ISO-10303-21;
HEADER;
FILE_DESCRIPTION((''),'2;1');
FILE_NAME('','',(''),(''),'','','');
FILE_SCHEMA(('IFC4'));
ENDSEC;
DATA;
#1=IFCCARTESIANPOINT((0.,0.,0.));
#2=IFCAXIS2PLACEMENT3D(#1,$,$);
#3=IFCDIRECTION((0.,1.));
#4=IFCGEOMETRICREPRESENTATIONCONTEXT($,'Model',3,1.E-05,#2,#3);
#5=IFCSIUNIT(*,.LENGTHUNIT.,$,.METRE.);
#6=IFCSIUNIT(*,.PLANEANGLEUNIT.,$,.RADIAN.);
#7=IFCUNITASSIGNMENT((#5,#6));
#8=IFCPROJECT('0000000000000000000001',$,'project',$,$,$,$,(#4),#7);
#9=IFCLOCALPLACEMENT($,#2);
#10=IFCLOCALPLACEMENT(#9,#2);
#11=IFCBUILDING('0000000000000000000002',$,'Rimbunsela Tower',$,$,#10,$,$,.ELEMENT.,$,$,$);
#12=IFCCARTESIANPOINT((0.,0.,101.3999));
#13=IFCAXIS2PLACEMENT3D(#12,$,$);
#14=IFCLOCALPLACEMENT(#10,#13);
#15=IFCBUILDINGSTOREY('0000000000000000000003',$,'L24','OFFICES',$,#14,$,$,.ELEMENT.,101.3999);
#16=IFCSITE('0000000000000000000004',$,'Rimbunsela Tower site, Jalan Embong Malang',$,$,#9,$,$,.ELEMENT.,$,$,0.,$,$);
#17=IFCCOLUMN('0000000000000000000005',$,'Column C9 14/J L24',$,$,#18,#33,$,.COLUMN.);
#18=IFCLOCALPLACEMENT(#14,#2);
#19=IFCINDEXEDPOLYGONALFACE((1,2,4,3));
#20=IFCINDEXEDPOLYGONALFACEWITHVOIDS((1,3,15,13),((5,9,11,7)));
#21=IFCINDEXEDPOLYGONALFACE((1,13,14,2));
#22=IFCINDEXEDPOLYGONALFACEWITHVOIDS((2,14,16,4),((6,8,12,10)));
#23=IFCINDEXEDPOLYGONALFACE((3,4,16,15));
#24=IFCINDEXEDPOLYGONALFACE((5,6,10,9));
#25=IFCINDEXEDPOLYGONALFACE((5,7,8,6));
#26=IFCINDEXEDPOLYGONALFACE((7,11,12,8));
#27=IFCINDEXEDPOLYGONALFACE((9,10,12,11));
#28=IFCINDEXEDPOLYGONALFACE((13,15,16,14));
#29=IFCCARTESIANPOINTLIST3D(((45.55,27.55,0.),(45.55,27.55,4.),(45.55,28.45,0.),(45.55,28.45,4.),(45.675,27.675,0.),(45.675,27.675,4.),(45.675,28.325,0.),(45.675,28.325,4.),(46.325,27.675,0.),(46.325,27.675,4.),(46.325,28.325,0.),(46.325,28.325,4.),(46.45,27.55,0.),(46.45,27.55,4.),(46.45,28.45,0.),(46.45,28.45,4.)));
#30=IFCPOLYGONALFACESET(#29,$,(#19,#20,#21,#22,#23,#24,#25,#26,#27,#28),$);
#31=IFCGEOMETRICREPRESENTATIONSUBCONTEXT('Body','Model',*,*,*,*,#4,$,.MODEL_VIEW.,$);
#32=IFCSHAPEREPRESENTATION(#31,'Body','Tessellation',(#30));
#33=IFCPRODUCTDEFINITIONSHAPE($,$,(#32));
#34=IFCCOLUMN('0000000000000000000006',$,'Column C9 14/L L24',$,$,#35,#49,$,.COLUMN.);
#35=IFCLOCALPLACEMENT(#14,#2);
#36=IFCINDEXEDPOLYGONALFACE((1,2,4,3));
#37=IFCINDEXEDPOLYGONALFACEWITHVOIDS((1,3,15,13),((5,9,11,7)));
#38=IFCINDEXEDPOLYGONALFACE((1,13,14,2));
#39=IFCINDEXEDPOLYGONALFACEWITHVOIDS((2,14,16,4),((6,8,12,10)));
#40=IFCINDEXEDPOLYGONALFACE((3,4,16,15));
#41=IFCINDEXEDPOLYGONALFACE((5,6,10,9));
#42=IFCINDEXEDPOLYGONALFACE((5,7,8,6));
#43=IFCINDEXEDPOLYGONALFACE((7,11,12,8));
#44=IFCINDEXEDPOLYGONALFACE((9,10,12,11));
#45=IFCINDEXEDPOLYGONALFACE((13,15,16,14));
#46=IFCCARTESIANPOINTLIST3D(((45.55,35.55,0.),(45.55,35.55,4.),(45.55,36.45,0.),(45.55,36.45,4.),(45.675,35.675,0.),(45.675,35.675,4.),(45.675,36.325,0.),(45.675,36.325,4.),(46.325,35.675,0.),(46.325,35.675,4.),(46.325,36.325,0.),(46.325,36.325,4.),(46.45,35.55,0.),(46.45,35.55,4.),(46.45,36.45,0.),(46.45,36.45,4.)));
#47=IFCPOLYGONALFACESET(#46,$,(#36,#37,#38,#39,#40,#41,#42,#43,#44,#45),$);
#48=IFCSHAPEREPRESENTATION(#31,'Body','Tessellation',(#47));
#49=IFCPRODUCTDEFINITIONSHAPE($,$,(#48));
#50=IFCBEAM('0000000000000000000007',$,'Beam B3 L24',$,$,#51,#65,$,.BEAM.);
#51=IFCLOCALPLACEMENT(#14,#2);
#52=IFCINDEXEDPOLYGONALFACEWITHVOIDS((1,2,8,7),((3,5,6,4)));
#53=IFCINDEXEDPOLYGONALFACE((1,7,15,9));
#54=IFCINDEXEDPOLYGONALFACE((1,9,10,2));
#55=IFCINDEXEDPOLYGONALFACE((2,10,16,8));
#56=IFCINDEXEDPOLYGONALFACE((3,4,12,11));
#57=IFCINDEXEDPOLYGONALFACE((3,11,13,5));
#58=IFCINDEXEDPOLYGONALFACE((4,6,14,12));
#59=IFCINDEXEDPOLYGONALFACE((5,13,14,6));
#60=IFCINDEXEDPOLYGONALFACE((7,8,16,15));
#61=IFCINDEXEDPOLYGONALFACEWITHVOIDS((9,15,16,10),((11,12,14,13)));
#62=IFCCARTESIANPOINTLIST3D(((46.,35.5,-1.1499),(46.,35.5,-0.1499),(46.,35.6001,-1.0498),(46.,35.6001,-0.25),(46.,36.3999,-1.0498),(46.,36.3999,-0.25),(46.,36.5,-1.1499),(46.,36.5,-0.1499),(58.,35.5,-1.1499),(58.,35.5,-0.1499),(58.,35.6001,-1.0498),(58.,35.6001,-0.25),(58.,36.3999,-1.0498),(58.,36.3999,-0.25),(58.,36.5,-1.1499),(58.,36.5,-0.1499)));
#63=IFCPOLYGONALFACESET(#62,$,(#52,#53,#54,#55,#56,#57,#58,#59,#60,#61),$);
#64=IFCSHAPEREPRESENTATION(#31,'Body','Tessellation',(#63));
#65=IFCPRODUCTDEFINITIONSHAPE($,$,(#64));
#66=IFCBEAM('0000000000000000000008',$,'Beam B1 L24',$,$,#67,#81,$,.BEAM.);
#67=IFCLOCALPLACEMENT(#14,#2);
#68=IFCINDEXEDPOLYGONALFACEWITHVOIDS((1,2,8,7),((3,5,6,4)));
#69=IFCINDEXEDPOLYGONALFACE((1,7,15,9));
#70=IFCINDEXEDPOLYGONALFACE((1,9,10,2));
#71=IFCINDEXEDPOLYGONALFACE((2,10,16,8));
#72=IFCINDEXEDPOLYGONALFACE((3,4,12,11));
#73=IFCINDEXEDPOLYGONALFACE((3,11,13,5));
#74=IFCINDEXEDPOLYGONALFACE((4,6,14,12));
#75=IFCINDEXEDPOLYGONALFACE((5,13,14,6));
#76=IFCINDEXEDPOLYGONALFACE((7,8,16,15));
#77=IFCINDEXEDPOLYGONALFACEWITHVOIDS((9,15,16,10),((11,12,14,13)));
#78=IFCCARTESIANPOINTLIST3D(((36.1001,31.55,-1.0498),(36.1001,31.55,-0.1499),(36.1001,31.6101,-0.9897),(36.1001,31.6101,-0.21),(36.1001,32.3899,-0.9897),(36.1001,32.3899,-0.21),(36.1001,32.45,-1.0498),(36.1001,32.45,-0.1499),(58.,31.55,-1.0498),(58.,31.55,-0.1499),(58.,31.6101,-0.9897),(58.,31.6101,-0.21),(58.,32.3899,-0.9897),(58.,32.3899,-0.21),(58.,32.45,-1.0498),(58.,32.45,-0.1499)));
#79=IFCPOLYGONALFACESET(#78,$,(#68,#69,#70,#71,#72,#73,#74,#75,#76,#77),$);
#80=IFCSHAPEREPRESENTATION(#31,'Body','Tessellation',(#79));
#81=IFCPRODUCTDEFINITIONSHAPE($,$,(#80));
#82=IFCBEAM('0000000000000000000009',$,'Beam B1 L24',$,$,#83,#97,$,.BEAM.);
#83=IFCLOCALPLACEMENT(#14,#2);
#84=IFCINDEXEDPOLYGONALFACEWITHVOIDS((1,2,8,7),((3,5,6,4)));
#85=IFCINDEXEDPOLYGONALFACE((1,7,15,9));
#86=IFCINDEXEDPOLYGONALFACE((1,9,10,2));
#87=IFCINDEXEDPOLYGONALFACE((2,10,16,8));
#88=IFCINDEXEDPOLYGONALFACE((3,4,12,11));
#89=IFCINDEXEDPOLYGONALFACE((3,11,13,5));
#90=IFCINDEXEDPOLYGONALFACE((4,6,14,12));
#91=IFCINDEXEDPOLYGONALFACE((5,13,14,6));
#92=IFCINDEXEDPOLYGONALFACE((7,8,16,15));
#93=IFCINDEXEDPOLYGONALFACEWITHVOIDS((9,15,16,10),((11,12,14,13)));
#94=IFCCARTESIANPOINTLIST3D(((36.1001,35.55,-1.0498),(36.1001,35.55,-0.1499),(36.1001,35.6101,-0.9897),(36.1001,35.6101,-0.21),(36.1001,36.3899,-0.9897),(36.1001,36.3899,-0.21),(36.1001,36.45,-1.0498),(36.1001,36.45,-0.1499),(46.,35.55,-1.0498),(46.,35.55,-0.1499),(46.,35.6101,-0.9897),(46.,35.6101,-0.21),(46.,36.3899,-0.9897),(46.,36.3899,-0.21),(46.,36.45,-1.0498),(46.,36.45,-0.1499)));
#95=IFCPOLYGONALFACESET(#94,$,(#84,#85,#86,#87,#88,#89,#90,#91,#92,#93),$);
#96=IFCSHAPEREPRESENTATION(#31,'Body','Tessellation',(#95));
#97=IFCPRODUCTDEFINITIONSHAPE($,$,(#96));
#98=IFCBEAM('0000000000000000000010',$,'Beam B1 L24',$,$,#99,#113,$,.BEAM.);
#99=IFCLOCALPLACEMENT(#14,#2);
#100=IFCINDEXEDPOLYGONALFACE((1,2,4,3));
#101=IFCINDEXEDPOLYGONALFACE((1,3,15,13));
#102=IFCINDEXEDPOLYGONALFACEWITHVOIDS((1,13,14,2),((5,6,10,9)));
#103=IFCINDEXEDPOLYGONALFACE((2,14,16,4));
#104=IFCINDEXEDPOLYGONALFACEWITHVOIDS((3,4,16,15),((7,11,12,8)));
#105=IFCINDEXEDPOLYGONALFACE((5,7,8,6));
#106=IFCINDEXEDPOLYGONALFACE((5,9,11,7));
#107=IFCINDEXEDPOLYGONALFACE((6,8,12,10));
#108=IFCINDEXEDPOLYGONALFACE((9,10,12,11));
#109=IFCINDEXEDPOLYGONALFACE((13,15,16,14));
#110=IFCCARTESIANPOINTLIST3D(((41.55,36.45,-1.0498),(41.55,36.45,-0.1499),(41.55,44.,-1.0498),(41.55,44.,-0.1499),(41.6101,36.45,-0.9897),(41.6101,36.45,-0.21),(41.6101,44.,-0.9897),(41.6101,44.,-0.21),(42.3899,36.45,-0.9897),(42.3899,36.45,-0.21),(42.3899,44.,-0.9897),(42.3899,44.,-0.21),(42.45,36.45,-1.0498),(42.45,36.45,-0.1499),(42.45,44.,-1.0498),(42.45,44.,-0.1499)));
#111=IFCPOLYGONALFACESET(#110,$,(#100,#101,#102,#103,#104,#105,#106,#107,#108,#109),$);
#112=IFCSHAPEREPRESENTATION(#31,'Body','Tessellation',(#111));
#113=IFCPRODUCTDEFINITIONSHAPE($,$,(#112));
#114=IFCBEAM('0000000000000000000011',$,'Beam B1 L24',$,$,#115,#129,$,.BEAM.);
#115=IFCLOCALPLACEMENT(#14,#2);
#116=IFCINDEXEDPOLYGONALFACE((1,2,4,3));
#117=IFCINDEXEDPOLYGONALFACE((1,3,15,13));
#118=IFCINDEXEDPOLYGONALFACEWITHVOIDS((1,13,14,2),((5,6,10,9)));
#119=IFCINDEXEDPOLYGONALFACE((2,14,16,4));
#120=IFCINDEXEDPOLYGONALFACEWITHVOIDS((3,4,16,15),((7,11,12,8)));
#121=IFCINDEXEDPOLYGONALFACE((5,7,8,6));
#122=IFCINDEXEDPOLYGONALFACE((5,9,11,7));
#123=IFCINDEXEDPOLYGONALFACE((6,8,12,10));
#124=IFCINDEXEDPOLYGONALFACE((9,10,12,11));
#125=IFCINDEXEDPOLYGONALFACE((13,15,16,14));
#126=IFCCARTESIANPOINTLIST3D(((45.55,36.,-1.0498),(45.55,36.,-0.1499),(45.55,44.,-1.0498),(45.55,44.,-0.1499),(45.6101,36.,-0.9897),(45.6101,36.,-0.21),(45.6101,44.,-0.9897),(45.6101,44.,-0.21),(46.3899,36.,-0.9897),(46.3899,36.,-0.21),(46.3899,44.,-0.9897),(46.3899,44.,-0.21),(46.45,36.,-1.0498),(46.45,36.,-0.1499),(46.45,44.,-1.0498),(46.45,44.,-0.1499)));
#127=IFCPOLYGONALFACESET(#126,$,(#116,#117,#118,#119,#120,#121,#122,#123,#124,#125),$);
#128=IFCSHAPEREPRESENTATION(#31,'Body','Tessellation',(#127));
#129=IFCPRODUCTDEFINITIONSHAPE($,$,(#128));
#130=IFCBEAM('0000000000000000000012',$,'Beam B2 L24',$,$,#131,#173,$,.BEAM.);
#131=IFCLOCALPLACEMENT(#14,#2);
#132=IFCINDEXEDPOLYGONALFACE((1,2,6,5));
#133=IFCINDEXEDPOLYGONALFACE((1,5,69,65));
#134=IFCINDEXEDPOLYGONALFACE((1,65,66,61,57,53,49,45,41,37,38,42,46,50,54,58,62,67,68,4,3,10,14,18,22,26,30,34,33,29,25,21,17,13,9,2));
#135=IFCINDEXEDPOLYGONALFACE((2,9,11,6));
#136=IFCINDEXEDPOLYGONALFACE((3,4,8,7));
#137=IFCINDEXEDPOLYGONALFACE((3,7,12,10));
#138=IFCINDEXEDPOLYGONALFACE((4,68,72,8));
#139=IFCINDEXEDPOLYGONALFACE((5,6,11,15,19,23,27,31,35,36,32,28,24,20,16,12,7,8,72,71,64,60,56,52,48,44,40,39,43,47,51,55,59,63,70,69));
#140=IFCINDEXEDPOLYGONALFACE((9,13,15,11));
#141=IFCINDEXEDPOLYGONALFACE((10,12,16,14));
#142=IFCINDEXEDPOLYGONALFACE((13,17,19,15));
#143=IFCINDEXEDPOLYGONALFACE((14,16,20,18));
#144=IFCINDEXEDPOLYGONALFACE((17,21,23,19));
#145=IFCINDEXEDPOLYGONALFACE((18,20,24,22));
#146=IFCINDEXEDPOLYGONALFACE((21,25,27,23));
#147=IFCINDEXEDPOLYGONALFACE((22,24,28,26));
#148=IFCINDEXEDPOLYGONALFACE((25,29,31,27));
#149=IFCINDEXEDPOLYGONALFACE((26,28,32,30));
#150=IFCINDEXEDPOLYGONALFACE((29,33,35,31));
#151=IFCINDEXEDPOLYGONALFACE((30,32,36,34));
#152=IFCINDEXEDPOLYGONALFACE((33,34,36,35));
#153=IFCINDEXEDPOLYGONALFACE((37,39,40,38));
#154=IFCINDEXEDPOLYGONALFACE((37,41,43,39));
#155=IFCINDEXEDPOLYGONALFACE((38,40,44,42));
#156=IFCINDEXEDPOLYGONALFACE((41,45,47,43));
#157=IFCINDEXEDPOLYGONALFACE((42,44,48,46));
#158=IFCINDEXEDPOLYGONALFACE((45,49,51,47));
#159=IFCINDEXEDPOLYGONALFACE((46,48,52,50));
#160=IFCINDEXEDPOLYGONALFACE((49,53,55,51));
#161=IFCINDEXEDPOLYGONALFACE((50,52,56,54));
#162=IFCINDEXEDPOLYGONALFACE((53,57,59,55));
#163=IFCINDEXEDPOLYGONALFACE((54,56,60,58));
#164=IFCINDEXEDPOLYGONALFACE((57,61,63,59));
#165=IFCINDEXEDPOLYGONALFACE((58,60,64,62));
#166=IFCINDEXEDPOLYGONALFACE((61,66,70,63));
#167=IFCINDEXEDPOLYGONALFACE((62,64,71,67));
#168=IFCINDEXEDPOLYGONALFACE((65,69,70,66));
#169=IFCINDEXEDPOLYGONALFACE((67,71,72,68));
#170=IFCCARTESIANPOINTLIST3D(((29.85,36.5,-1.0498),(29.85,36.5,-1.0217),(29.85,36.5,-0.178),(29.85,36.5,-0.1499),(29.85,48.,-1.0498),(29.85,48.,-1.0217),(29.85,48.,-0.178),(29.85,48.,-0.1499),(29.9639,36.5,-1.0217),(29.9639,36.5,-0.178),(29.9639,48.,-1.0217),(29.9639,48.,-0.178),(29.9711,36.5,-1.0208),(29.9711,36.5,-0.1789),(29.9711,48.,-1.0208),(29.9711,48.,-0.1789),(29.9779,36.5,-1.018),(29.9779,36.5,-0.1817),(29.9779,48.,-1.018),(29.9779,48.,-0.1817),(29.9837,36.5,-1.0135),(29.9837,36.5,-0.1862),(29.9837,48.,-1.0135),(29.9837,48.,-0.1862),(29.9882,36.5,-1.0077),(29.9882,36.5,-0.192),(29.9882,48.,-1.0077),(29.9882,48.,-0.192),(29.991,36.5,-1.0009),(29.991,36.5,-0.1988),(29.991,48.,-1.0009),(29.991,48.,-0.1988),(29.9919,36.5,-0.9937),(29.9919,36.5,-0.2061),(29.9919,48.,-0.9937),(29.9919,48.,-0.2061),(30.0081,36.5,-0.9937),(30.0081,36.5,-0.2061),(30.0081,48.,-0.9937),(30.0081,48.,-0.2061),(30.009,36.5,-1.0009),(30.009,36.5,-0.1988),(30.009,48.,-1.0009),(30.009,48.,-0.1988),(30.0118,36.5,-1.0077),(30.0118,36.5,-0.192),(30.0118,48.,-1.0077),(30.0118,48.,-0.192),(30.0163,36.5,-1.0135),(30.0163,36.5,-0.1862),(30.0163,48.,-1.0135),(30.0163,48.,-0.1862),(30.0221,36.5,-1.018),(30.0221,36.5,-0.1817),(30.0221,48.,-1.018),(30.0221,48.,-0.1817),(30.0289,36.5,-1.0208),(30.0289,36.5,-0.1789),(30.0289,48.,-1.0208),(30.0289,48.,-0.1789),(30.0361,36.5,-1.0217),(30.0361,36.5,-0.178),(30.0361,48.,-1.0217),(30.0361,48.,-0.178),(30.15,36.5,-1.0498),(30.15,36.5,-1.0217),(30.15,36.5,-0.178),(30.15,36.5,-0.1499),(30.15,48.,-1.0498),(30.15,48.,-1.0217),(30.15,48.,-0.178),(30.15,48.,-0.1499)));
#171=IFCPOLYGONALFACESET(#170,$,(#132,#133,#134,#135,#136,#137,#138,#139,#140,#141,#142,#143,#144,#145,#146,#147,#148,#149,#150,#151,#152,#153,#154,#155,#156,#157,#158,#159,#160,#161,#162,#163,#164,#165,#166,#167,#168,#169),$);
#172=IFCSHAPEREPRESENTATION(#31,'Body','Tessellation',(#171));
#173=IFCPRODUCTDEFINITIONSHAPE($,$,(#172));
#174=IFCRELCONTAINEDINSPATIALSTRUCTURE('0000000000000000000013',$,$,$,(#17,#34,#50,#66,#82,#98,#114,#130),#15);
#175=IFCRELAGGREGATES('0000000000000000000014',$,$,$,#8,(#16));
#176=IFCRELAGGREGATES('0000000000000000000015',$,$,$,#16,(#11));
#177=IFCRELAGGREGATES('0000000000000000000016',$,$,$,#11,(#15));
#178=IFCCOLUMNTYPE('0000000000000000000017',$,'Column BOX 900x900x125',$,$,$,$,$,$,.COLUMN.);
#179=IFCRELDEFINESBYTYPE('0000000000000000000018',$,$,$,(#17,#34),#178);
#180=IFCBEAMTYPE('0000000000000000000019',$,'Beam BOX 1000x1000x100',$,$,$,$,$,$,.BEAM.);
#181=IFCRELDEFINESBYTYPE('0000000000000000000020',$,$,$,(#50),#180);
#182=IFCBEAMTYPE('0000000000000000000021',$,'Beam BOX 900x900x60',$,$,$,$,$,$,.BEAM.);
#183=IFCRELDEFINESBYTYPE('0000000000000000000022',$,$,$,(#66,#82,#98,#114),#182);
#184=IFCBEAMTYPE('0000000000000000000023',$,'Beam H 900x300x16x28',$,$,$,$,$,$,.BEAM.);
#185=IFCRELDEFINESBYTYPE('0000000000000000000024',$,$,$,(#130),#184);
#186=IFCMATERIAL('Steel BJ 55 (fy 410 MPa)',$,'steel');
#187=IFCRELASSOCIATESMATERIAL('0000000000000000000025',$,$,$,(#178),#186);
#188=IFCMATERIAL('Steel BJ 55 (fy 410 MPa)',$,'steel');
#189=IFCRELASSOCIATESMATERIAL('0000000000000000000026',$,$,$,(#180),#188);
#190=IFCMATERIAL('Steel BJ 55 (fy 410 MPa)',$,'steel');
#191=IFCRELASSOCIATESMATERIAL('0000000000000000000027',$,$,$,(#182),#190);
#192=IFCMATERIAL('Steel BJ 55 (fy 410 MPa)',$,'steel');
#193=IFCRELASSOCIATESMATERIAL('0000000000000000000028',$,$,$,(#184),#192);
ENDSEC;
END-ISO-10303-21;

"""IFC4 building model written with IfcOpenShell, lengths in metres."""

from ifc_helpers import new_model, si_unit, direction, frame, origin, origin_2d, place, context, subcontext, project, spatial, hollow_rectangle, i_section, extrude, material, material_profile, profile_set, type_object, element, save


model = new_model("IFC4")

# Units and contexts
model_context = context("Model", 3, precision=1e-05, world=origin(), true_north=direction((0.0, 1.0)))
body_context = subcontext(model_context, "Body", "Model", "MODEL_VIEW")
ifc_project = project(units=[si_unit("LENGTHUNIT", "METRE"), si_unit("PLANEANGLEUNIT", "RADIAN")], contexts=[model_context])

# Site, building, storey
site_placement = place(None, origin())
site = spatial("IfcSite", under=ifc_project, at=site_placement, Name="Rimbunsela Tower site, Jalan Embong Malang", CompositionType="ELEMENT", RefElevation=0.0)
building_placement = place(site_placement, origin())
building = spatial("IfcBuilding", under=site, at=building_placement, Name="Rimbunsela Tower", CompositionType="ELEMENT")
storey_placement = place(building_placement, frame((0.0, 0.0, 101.3999)))
storey = spatial("IfcBuildingStorey", under=building, at=storey_placement, Name="L24", Description="OFFICES", CompositionType="ELEMENT", Elevation=101.3999)

# Columns
ifc_material_1 = material(Name="Steel BJ 55 (fy 410 MPa)", Category="steel")
ifc_material_profile_1 = material_profile(ifc_material_1, hollow_rectangle(XDim=0.8999, YDim=0.8999, WallThickness=0.125, at=origin_2d()), Name="BOX 900x900x125")
ifc_profile_set_1 = profile_set([ifc_material_profile_1], Name="Steel BJ 55 (fy 410 MPa)")
column_type = type_object("IfcColumnType", Name="Column BOX 900x900x125", PredefinedType="COLUMN", material=ifc_profile_set_1)
for number, where, z_axis, x_axis, name in (
    (1, (46.0, 28.0, 0.0), (0.0, 0.0, 1.0), (1.0, 0.0, 0.0), "Column C9 14/J L24"),
    (2, (46.0, 36.0, 0.0), (0.0, 0.0, 1.0), (1.0, 0.0, 0.0), "Column C9 14/L L24"),
):
    element("IfcColumn", number, at=place(storey_placement, frame(where, z_axis=z_axis, x_axis=x_axis)), inside=storey, type_object=column_type, Name=name, PredefinedType="COLUMN", context=body_context, shape_type="SweptSolid", body=[
        extrude(hollow_rectangle(XDim=0.8999, YDim=0.8999, WallThickness=0.125, at=origin_2d()), origin(), (0.0, 0.0, 1.0), 4.0),
    ])

# Beams
ifc_material_2 = material(Name="Steel BJ 55 (fy 410 MPa)", Category="steel")
ifc_material_profile_2 = material_profile(ifc_material_2, hollow_rectangle(XDim=1.0, YDim=1.0, WallThickness=0.1001, at=origin_2d()), Name="BOX 1000x1000x100")
ifc_profile_set_2 = profile_set([ifc_material_profile_2], Name="Steel BJ 55 (fy 410 MPa)")
beam_type_1 = type_object("IfcBeamType", Name="Beam BOX 1000x1000x100", PredefinedType="BEAM", material=ifc_profile_set_2)
beam_1_placement = place(storey_placement, frame((46.0, 36.0, -0.6499), z_axis=(1.0, 0.0, 0.0), x_axis=(0.0, 1.0, 0.0)))
element("IfcBeam", 3, at=beam_1_placement, inside=storey, type_object=beam_type_1, Name="Beam B3 L24", PredefinedType="BEAM", context=body_context, shape_type="SweptSolid", body=[
    extrude(hollow_rectangle(XDim=1.0, YDim=1.0, WallThickness=0.1001, at=origin_2d()), origin(), (0.0, 0.0, 1.0), 12.0),
])
ifc_material_3 = material(Name="Steel BJ 55 (fy 410 MPa)", Category="steel")
ifc_material_profile_3 = material_profile(ifc_material_3, hollow_rectangle(XDim=0.8999, YDim=0.8999, WallThickness=0.0601, at=origin_2d()), Name="BOX 900x900x60")
ifc_profile_set_3 = profile_set([ifc_material_profile_3], Name="Steel BJ 55 (fy 410 MPa)")
beam_type_2 = type_object("IfcBeamType", Name="Beam BOX 900x900x60", PredefinedType="BEAM", material=ifc_profile_set_3)
beam_2_placement = place(storey_placement, frame((36.1001, 32.0, -0.5999), z_axis=(1.0, 0.0, 0.0), x_axis=(0.0, 1.0, 0.0)))
element("IfcBeam", 4, at=beam_2_placement, inside=storey, type_object=beam_type_2, Name="Beam B1 L24", PredefinedType="BEAM", context=body_context, shape_type="SweptSolid", body=[
    extrude(hollow_rectangle(XDim=0.8999, YDim=0.8999, WallThickness=0.0601, at=origin_2d()), origin(), (0.0, 0.0, 1.0), 21.8999),
])
beam_3_placement = place(storey_placement, frame((36.1001, 36.0, -0.5999), z_axis=(1.0, 0.0, 0.0), x_axis=(0.0, 1.0, 0.0)))
element("IfcBeam", 5, at=beam_3_placement, inside=storey, type_object=beam_type_2, Name="Beam B1 L24", PredefinedType="BEAM", context=body_context, shape_type="SweptSolid", body=[
    extrude(hollow_rectangle(XDim=0.8999, YDim=0.8999, WallThickness=0.0601, at=origin_2d()), origin(), (0.0, 0.0, 1.0), 9.8999),
])
beam_4_placement = place(storey_placement, frame((42.0, 36.45, -0.5999), z_axis=(0.0, 1.0, 0.0), x_axis=(-1.0, 0.0, 0.0)))
element("IfcBeam", 6, at=beam_4_placement, inside=storey, type_object=beam_type_2, Name="Beam B1 L24", PredefinedType="BEAM", context=body_context, shape_type="SweptSolid", body=[
    extrude(hollow_rectangle(XDim=0.8999, YDim=0.8999, WallThickness=0.0601, at=origin_2d()), origin(), (0.0, 0.0, 1.0), 7.55),
])
beam_5_placement = place(storey_placement, frame((46.0, 36.0, -0.5999), z_axis=(0.0, 1.0, 0.0), x_axis=(-1.0, 0.0, 0.0)))
element("IfcBeam", 7, at=beam_5_placement, inside=storey, type_object=beam_type_2, Name="Beam B1 L24", PredefinedType="BEAM", context=body_context, shape_type="SweptSolid", body=[
    extrude(hollow_rectangle(XDim=0.8999, YDim=0.8999, WallThickness=0.0601, at=origin_2d()), origin(), (0.0, 0.0, 1.0), 8.0),
])
ifc_material_4 = material(Name="Steel BJ 55 (fy 410 MPa)", Category="steel")
ifc_material_profile_4 = material_profile(ifc_material_4, i_section(OverallWidth=0.3, OverallDepth=0.8999, WebThickness=0.0161, FlangeThickness=0.0281, FilletRadius=0.0281, at=origin_2d()), Name="H 900x300x16x28")
ifc_profile_set_4 = profile_set([ifc_material_profile_4], Name="Steel BJ 55 (fy 410 MPa)")
beam_type_3 = type_object("IfcBeamType", Name="Beam H 900x300x16x28", PredefinedType="BEAM", material=ifc_profile_set_4)
beam_6_placement = place(storey_placement, frame((30.0, 36.5, -0.5999), z_axis=(0.0, 1.0, 0.0), x_axis=(-1.0, 0.0, 0.0)))
element("IfcBeam", 8, at=beam_6_placement, inside=storey, type_object=beam_type_3, Name="Beam B2 L24", PredefinedType="BEAM", context=body_context, shape_type="SweptSolid", body=[
    extrude(i_section(OverallWidth=0.3, OverallDepth=0.8999, WebThickness=0.0161, FlangeThickness=0.0281, FilletRadius=0.0281, at=origin_2d()), origin(), (0.0, 0.0, 1.0), 11.5),
])

save(model, "model.ifc")
